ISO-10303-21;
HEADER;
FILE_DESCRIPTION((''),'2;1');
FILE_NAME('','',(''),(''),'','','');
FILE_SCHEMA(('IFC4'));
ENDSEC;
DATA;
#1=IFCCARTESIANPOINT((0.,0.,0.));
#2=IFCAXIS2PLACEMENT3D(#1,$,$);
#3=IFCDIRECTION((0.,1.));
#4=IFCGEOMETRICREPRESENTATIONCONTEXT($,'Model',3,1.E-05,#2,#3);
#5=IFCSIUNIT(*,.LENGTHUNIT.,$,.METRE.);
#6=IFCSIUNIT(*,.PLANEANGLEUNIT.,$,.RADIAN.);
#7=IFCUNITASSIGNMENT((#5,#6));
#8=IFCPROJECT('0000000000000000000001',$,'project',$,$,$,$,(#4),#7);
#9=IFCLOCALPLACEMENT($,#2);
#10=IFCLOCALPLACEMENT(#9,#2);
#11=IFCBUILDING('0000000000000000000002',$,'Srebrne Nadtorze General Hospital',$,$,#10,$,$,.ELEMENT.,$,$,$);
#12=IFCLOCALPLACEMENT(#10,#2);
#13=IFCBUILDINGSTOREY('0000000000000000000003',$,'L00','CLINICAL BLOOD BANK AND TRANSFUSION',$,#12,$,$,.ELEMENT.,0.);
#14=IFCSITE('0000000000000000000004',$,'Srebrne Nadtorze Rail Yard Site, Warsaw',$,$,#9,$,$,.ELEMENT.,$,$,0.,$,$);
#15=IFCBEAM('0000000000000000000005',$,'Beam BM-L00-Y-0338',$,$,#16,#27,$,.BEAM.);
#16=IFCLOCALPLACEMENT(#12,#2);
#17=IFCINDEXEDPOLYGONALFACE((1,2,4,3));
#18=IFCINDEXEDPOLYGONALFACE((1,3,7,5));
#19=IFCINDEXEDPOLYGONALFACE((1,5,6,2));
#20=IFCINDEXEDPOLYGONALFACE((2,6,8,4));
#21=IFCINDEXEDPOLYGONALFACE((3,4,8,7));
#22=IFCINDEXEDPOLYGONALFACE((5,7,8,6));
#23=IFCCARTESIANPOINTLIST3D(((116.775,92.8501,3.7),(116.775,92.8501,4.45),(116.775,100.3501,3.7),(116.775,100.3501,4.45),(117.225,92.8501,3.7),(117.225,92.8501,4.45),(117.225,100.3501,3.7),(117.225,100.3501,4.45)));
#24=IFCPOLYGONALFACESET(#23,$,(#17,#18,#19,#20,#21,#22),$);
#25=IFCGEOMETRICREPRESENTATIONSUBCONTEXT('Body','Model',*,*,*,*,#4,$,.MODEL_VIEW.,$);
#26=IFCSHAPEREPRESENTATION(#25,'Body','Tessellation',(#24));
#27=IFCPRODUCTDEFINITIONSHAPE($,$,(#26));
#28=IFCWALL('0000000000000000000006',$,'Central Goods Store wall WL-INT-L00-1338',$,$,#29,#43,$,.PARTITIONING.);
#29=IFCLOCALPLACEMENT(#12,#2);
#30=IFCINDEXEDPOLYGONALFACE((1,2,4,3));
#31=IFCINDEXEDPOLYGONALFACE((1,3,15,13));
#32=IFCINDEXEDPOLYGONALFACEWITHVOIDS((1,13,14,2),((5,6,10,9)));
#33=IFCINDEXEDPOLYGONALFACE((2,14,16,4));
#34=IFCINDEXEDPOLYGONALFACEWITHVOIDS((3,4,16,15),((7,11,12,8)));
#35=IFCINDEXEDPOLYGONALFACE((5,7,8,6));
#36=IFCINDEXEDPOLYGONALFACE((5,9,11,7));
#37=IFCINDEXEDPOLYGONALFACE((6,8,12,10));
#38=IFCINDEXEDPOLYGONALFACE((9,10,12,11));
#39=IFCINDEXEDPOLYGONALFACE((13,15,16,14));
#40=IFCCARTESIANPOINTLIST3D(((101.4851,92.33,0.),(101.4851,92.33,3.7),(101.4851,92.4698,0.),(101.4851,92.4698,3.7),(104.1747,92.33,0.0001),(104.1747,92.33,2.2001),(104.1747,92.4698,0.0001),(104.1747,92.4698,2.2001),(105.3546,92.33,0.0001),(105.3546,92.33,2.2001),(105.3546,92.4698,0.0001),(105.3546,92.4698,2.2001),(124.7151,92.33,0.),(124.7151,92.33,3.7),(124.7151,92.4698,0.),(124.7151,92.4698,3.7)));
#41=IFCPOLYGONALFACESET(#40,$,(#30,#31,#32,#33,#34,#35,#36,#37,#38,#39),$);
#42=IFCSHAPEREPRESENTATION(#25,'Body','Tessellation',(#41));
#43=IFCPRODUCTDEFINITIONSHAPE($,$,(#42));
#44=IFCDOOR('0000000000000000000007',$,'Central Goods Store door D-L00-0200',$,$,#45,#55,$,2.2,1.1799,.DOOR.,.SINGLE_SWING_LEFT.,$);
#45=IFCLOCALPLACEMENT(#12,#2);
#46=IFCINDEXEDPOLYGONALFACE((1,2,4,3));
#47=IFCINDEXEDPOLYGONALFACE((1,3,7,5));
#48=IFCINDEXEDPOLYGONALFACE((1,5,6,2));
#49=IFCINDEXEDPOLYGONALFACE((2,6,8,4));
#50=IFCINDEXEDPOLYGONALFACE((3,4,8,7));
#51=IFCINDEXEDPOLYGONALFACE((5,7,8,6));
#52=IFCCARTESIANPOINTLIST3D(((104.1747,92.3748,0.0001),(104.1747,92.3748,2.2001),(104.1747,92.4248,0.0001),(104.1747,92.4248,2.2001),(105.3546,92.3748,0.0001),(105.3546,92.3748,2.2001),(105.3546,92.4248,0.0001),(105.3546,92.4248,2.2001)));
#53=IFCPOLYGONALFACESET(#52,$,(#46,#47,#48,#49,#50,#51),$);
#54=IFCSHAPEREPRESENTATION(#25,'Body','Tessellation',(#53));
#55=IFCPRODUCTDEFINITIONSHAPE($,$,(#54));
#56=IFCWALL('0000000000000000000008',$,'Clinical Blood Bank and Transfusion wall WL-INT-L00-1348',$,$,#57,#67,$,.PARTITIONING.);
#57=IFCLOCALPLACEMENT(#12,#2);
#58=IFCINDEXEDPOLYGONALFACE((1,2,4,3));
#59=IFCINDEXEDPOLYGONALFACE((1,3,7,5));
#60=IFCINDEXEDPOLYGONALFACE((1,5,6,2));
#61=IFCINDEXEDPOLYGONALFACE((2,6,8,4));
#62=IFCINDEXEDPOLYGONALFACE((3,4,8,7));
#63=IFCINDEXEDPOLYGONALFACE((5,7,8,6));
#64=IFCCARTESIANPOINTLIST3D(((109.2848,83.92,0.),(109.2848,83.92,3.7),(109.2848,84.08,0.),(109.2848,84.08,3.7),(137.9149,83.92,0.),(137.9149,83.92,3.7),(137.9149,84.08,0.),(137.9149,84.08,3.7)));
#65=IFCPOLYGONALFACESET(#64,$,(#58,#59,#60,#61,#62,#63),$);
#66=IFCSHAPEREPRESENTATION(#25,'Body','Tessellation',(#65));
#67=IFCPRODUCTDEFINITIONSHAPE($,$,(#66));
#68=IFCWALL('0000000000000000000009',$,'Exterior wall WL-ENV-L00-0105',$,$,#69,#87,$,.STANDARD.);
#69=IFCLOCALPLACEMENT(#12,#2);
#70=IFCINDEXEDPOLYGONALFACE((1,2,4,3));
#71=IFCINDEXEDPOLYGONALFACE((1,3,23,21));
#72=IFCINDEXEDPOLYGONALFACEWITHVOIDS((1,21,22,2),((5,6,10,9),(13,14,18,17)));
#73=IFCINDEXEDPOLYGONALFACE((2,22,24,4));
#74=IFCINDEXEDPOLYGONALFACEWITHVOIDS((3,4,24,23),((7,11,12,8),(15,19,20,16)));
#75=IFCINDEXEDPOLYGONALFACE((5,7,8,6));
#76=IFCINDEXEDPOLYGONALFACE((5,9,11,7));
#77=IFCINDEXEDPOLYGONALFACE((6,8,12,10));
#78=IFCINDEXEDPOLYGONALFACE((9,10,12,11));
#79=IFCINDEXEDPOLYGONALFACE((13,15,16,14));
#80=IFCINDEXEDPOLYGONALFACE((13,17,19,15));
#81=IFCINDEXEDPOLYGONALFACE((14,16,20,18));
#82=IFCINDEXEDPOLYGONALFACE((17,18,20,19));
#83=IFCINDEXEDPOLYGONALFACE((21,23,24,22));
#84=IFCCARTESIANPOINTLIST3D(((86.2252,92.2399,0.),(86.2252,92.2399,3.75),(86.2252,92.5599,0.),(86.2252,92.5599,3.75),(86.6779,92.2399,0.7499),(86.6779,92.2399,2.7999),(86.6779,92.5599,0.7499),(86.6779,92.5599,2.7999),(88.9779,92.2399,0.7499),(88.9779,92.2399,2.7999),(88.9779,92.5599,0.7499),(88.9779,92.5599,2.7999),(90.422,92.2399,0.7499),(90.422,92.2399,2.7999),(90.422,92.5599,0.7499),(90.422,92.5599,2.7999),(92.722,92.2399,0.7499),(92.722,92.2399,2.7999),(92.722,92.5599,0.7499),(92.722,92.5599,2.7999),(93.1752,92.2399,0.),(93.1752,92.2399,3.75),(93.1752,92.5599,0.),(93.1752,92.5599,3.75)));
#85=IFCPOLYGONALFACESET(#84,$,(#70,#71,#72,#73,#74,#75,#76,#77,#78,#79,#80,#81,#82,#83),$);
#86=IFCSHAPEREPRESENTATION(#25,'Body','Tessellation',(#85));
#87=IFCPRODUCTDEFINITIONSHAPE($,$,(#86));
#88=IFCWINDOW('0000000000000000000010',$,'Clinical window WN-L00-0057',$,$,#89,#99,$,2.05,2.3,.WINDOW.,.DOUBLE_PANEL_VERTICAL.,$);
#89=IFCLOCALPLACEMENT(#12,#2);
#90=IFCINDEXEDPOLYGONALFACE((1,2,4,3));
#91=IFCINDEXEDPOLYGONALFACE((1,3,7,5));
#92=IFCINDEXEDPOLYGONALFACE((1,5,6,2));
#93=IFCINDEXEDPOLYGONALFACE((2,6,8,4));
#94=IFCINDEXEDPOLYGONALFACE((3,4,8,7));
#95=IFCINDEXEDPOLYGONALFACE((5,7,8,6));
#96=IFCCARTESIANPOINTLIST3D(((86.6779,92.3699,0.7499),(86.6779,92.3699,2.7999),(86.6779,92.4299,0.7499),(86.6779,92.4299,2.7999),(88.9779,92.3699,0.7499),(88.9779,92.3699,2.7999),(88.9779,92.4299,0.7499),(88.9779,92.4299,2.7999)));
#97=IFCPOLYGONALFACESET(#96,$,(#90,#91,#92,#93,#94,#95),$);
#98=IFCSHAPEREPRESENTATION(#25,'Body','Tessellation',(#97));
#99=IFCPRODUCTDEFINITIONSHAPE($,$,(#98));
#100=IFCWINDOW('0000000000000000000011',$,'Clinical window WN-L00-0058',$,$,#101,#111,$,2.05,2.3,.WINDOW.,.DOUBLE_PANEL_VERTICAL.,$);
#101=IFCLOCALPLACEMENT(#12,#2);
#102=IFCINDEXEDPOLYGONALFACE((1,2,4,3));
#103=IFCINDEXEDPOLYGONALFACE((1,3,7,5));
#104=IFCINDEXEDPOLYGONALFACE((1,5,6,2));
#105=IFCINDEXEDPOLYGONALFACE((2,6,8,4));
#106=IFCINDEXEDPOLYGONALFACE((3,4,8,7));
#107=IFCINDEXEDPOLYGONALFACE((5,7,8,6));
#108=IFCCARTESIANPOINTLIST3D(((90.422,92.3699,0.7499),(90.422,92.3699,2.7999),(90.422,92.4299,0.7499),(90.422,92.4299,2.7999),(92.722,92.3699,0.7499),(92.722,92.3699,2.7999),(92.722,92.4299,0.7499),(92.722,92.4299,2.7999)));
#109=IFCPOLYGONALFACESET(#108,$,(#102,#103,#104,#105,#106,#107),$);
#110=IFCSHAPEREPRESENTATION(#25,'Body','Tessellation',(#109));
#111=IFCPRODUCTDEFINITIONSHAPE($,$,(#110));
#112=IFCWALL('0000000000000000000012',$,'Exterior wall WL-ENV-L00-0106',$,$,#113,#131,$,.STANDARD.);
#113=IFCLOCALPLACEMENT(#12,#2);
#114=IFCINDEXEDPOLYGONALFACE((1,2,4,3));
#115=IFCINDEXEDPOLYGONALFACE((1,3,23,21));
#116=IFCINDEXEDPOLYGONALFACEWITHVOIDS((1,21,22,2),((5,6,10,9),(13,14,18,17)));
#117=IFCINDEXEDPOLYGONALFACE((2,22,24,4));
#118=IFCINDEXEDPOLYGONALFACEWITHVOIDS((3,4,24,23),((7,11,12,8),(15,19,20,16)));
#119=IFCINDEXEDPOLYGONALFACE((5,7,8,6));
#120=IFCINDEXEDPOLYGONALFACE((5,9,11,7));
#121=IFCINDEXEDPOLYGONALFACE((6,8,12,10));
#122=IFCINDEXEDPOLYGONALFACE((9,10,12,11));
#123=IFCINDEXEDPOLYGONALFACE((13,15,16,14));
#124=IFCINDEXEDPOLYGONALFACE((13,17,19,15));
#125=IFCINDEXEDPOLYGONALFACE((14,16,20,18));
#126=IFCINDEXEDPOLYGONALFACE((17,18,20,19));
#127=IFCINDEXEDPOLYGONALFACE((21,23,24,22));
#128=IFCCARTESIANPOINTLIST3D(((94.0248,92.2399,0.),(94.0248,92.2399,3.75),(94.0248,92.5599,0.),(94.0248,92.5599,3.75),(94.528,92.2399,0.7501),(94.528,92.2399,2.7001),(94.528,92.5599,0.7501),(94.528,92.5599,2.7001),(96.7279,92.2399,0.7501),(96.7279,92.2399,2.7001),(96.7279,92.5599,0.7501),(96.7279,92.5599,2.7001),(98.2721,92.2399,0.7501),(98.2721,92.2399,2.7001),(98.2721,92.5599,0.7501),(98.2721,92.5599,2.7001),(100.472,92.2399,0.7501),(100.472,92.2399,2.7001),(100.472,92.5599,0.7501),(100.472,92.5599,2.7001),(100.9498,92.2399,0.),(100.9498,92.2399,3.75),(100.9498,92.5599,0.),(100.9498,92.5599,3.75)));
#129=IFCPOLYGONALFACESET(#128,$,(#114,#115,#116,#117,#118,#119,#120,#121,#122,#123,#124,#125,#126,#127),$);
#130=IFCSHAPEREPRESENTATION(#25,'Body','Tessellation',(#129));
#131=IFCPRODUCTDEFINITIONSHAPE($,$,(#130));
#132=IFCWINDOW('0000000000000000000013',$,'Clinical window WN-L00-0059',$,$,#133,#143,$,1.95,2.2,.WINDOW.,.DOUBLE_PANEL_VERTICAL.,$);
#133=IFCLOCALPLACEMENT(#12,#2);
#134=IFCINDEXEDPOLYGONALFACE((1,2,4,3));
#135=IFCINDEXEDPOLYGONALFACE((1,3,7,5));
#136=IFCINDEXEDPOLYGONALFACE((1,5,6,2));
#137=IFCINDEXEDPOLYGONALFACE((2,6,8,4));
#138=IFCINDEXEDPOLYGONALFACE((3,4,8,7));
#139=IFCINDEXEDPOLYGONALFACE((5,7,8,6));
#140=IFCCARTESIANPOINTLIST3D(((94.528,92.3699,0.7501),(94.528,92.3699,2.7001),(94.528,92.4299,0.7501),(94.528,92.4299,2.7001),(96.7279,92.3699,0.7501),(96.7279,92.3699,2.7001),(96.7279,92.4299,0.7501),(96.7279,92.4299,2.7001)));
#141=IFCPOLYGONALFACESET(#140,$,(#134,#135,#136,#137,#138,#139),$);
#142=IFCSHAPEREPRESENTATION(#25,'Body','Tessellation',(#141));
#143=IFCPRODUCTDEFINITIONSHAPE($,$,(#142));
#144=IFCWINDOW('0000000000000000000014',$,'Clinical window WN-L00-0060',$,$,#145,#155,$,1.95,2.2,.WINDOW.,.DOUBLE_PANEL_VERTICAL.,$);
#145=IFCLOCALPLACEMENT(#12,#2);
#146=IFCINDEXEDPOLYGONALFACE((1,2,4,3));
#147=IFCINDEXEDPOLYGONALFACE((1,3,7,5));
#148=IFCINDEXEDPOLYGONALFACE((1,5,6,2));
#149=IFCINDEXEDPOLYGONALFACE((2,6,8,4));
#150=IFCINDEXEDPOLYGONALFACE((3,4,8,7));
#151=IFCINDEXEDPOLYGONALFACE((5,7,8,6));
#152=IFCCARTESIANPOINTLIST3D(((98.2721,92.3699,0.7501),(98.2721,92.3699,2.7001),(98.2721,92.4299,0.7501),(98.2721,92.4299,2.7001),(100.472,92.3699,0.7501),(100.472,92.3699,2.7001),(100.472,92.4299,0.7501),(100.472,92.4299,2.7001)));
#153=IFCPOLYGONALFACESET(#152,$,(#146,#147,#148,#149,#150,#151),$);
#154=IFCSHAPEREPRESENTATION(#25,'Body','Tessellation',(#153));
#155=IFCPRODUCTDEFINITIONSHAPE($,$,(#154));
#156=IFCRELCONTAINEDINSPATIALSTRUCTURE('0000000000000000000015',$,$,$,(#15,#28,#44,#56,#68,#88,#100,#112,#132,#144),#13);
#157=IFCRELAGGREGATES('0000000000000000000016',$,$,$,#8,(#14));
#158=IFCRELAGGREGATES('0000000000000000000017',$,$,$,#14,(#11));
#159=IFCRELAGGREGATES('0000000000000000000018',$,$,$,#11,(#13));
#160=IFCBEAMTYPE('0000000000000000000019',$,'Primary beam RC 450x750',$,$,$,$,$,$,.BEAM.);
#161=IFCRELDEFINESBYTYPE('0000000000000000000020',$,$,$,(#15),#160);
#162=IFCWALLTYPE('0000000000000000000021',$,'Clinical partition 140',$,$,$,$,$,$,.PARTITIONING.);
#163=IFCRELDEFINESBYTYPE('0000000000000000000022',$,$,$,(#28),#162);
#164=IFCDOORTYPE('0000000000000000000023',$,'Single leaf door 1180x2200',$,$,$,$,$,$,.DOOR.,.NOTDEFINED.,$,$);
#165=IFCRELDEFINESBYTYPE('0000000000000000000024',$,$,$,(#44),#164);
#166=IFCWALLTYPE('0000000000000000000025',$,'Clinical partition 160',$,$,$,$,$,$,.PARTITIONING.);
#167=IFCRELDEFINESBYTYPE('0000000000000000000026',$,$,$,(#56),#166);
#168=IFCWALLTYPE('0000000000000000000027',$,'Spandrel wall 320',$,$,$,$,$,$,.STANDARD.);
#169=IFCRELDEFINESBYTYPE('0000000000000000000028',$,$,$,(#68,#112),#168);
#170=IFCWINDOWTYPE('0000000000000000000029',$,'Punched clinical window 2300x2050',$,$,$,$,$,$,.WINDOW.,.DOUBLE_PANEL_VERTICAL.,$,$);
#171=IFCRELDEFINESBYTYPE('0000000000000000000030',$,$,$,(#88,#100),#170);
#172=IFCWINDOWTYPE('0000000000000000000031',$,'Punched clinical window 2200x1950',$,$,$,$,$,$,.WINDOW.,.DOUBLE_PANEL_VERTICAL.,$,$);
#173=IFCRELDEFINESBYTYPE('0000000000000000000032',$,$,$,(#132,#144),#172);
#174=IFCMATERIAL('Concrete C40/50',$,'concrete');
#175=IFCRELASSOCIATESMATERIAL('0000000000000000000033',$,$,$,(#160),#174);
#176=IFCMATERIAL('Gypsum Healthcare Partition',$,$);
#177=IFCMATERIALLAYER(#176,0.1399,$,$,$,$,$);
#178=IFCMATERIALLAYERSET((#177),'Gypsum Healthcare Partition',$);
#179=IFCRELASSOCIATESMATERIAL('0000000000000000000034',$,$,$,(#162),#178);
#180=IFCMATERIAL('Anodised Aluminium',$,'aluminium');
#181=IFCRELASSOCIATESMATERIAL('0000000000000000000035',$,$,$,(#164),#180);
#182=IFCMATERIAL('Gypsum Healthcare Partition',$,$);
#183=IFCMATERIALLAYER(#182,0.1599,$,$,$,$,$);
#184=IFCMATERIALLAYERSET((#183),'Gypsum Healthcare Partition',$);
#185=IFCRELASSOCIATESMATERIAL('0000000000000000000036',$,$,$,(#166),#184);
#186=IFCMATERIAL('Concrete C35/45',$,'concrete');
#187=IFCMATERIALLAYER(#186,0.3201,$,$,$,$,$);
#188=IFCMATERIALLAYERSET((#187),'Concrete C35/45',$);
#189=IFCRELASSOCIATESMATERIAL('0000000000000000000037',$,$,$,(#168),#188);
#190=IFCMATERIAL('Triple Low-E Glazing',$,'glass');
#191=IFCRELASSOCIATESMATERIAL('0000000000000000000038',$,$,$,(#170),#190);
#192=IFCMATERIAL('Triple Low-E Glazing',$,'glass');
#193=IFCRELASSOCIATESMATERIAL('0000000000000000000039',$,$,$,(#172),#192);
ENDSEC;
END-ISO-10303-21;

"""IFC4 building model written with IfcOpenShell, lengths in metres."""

from ifc_helpers import new_model, si_unit, direction, frame, frame_2d, origin, origin_2d, place, context, subcontext, project, spatial, rectangle, extrude, material, layer, layer_set, material_profile, profile_set, type_object, element, fill, save


model = new_model("IFC4")

# Units and contexts
model_context = context("Model", 3, precision=1e-05, world=origin(), true_north=direction((0.0, 1.0)))
body_context = subcontext(model_context, "Body", "Model", "MODEL_VIEW")
ifc_project = project(units=[si_unit("LENGTHUNIT", "METRE"), si_unit("PLANEANGLEUNIT", "RADIAN")], contexts=[model_context])

# Site, building, storey
site_placement = place(None, origin())
site = spatial("IfcSite", under=ifc_project, at=site_placement, Name="Srebrne Nadtorze Rail Yard Site, Warsaw", CompositionType="ELEMENT", RefElevation=0.0)
building_placement = place(site_placement, origin())
building = spatial("IfcBuilding", under=site, at=building_placement, Name="Srebrne Nadtorze General Hospital", CompositionType="ELEMENT")
storey_placement = place(building_placement, origin())
storey = spatial("IfcBuildingStorey", under=building, at=storey_placement, Name="L00", Description="CLINICAL BLOOD BANK AND TRANSFUSION", CompositionType="ELEMENT", Elevation=0.0)

# Beam
ifc_material_1 = material(Name="Concrete C40/50", Category="concrete")
ifc_material_profile_1 = material_profile(ifc_material_1, rectangle(XDim=0.45, YDim=0.75, at=origin_2d()), Name="RC-BM-450x750")
ifc_profile_set_1 = profile_set([ifc_material_profile_1], Name="Concrete C40/50")
beam_type_1 = type_object("IfcBeamType", Name="Primary beam RC 450x750", PredefinedType="BEAM", material=ifc_profile_set_1)
for number, where, z_axis, x_axis, name in (
    (1, (117.0, 92.8501, 4.075), (0.0, 1.0, 0.0), (-1.0, 0.0, 0.0), "Beam BM-L00-Y-0338"),
):
    element("IfcBeam", number, at=place(storey_placement, frame(where, z_axis=z_axis, x_axis=x_axis)), inside=storey, type_object=beam_type_1, Name=name, PredefinedType="BEAM", context=body_context, shape_type="SweptSolid", body=[
        extrude(rectangle(XDim=0.45, YDim=0.75, at=origin_2d()), origin(), (0.0, 0.0, 1.0), 7.5),
    ])

# Wall, opening, door
ifc_material_2 = material(Name="Gypsum Healthcare Partition")
ifc_layer_1 = layer(ifc_material_2, 0.1399)
ifc_layer_set_1 = layer_set([ifc_layer_1], Name="Gypsum Healthcare Partition")
wall_type_1 = type_object("IfcWallType", Name="Clinical partition 140", PredefinedType="PARTITIONING", material=ifc_layer_set_1)
wall_1_placement = place(storey_placement, frame((101.4851, 92.3999, 0.0), z_axis=(0.0, 0.0, 1.0), x_axis=(1.0, 0.0, 0.0)))
wall_1 = element("IfcWall", 2, at=wall_1_placement, inside=storey, type_object=wall_type_1, Name="Central Goods Store wall WL-INT-L00-1338", PredefinedType="PARTITIONING", context=body_context, shape_type="SweptSolid", body=[
    extrude(rectangle(XDim=23.23, YDim=0.1399, at=frame_2d((11.615, 0.0))), origin(), (0.0, 0.0, 1.0), 3.7),
])
opening_1_placement = place(wall_1_placement, frame((2.6897, 0.0, 0.0)))
opening_1 = element("IfcOpeningElement", 3, at=opening_1_placement, cuts=wall_1, PredefinedType="OPENING", context=body_context, shape_type="SweptSolid", body=[
    extrude(rectangle(XDim=1.1799, YDim=2.2, at=frame_2d((0.5898, 1.1001))), frame((0.0, 0.082, 0.0), z_axis=(0.0, -1.0, 0.0), x_axis=(1.0, 0.0, 0.0)), (0.0, 0.0, 1.0), 0.1638),
])
ifc_material_3 = material(Name="Anodised Aluminium", Category="aluminium")
door_type = type_object("IfcDoorType", Name="Single leaf door 1180x2200", OperationType="NOTDEFINED", PredefinedType="DOOR", material=ifc_material_3)
door_placement = place(opening_1_placement, origin())
door = element("IfcDoor", 4, at=door_placement, inside=storey, type_object=door_type, Name="Central Goods Store door D-L00-0200", OperationType="SINGLE_SWING_LEFT", OverallHeight=2.2, OverallWidth=1.1799, PredefinedType="DOOR", context=body_context, shape_type="SweptSolid", body=[
    extrude(rectangle(XDim=1.1799, YDim=2.2, at=frame_2d((0.5898, 1.1001))), frame((0.0, 0.0249, 0.0), z_axis=(0.0, -1.0, 0.0), x_axis=(1.0, 0.0, 0.0)), (0.0, 0.0, 1.0), 0.05),
])
fill(opening_1, door)

# Wall
ifc_material_4 = material(Name="Gypsum Healthcare Partition")
ifc_layer_2 = layer(ifc_material_4, 0.1599)
ifc_layer_set_2 = layer_set([ifc_layer_2], Name="Gypsum Healthcare Partition")
wall_type_2 = type_object("IfcWallType", Name="Clinical partition 160", PredefinedType="PARTITIONING", material=ifc_layer_set_2)
wall_2_placement = place(storey_placement, frame((109.2849, 84.0, 0.0), z_axis=(0.0, 0.0, 1.0), x_axis=(1.0, 0.0, 0.0)))
element("IfcWall", 5, at=wall_2_placement, inside=storey, type_object=wall_type_2, Name="Clinical Blood Bank and Transfusion wall WL-INT-L00-1348", PredefinedType="PARTITIONING", context=body_context, shape_type="SweptSolid", body=[
    extrude(rectangle(XDim=28.6301, YDim=0.1599, at=frame_2d((14.3149, 0.0))), origin(), (0.0, 0.0, 1.0), 3.7),
])

# Walls, openings, windows
ifc_material_5 = material(Name="Concrete C35/45", Category="concrete")
ifc_layer_3 = layer(ifc_material_5, 0.3201)
ifc_layer_set_3 = layer_set([ifc_layer_3], Name="Concrete C35/45")
wall_type_3 = type_object("IfcWallType", Name="Spandrel wall 320", PredefinedType="STANDARD", material=ifc_layer_set_3)
wall_3_placement = place(storey_placement, frame((86.2251, 92.3999, 0.0), z_axis=(0.0, 0.0, 1.0), x_axis=(1.0, 0.0, 0.0)))
wall_3 = element("IfcWall", 6, at=wall_3_placement, inside=storey, type_object=wall_type_3, Name="Exterior wall WL-ENV-L00-0105", PredefinedType="STANDARD", context=body_context, shape_type="SweptSolid", body=[
    extrude(rectangle(XDim=6.95, YDim=0.3201, at=frame_2d((3.4751, 0.0))), origin(), (0.0, 0.0, 1.0), 3.75),
])
opening_2_placement = place(wall_3_placement, frame((0.4529, 0.0, 0.75)))
opening_2 = element("IfcOpeningElement", 7, at=opening_2_placement, cuts=wall_3, PredefinedType="OPENING", context=body_context, shape_type="SweptSolid", body=[
    extrude(rectangle(XDim=2.3, YDim=2.05, at=frame_2d((1.1499, 1.0249))), frame((0.0, 0.1719, 0.0), z_axis=(0.0, -1.0, 0.0), x_axis=(1.0, 0.0, 0.0)), (0.0, 0.0, 1.0), 0.344),
])
opening_3_placement = place(wall_3_placement, frame((4.197, 0.0, 0.75)))
opening_3 = element("IfcOpeningElement", 8, at=opening_3_placement, cuts=wall_3, PredefinedType="OPENING", context=body_context, shape_type="SweptSolid", body=[
    extrude(rectangle(XDim=2.3, YDim=2.05, at=frame_2d((1.1499, 1.0249))), frame((0.0, 0.1719, 0.0), z_axis=(0.0, -1.0, 0.0), x_axis=(1.0, 0.0, 0.0)), (0.0, 0.0, 1.0), 0.344),
])
ifc_material_6 = material(Name="Triple Low-E Glazing", Category="glass")
window_type_1 = type_object("IfcWindowType", Name="Punched clinical window 2300x2050", PartitioningType="DOUBLE_PANEL_VERTICAL", PredefinedType="WINDOW", material=ifc_material_6)
window_1_placement = place(opening_2_placement, origin())
window_1 = element("IfcWindow", 9, at=window_1_placement, inside=storey, type_object=window_type_1, Name="Clinical window WN-L00-0057", OverallHeight=2.05, OverallWidth=2.3, PartitioningType="DOUBLE_PANEL_VERTICAL", PredefinedType="WINDOW", context=body_context, shape_type="SweptSolid", body=[
    extrude(rectangle(XDim=2.3, YDim=2.05, at=frame_2d((1.1499, 1.0249))), frame((0.0, 0.03, 0.0), z_axis=(0.0, -1.0, 0.0), x_axis=(1.0, 0.0, 0.0)), (0.0, 0.0, 1.0), 0.0601),
])
fill(opening_2, window_1)
window_2_placement = place(opening_3_placement, origin())
window_2 = element("IfcWindow", 10, at=window_2_placement, inside=storey, type_object=window_type_1, Name="Clinical window WN-L00-0058", OverallHeight=2.05, OverallWidth=2.3, PartitioningType="DOUBLE_PANEL_VERTICAL", PredefinedType="WINDOW", context=body_context, shape_type="SweptSolid", body=[
    extrude(rectangle(XDim=2.3, YDim=2.05, at=frame_2d((1.1499, 1.0249))), frame((0.0, 0.03, 0.0), z_axis=(0.0, -1.0, 0.0), x_axis=(1.0, 0.0, 0.0)), (0.0, 0.0, 1.0), 0.0601),
])
fill(opening_3, window_2)
wall_4_placement = place(storey_placement, frame((94.0249, 92.3999, 0.0), z_axis=(0.0, 0.0, 1.0), x_axis=(1.0, 0.0, 0.0)))
wall_4 = element("IfcWall", 11, at=wall_4_placement, inside=storey, type_object=wall_type_3, Name="Exterior wall WL-ENV-L00-0106", PredefinedType="STANDARD", context=body_context, shape_type="SweptSolid", body=[
    extrude(rectangle(XDim=6.925, YDim=0.3201, at=frame_2d((3.4624, 0.0))), origin(), (0.0, 0.0, 1.0), 3.75),
])
opening_4_placement = place(wall_4_placement, frame((0.5029, 0.0, 0.75)))
opening_4 = element("IfcOpeningElement", 12, at=opening_4_placement, cuts=wall_4, PredefinedType="OPENING", context=body_context, shape_type="SweptSolid", body=[
    extrude(rectangle(XDim=2.2, YDim=1.95, at=frame_2d((1.1001, 0.9751))), frame((0.0, 0.1719, 0.0), z_axis=(0.0, -1.0, 0.0), x_axis=(1.0, 0.0, 0.0)), (0.0, 0.0, 1.0), 0.344),
])
opening_5_placement = place(wall_4_placement, frame((4.2471, 0.0, 0.75)))
opening_5 = element("IfcOpeningElement", 13, at=opening_5_placement, cuts=wall_4, PredefinedType="OPENING", context=body_context, shape_type="SweptSolid", body=[
    extrude(rectangle(XDim=2.2, YDim=1.95, at=frame_2d((1.1001, 0.9751))), frame((0.0, 0.1719, 0.0), z_axis=(0.0, -1.0, 0.0), x_axis=(1.0, 0.0, 0.0)), (0.0, 0.0, 1.0), 0.344),
])
ifc_material_7 = material(Name="Triple Low-E Glazing", Category="glass")
window_type_2 = type_object("IfcWindowType", Name="Punched clinical window 2200x1950", PartitioningType="DOUBLE_PANEL_VERTICAL", PredefinedType="WINDOW", material=ifc_material_7)
window_3_placement = place(opening_4_placement, origin())
window_3 = element("IfcWindow", 14, at=window_3_placement, inside=storey, type_object=window_type_2, Name="Clinical window WN-L00-0059", OverallHeight=1.95, OverallWidth=2.2, PartitioningType="DOUBLE_PANEL_VERTICAL", PredefinedType="WINDOW", context=body_context, shape_type="SweptSolid", body=[
    extrude(rectangle(XDim=2.2, YDim=1.95, at=frame_2d((1.1001, 0.9751))), frame((0.0, 0.03, 0.0), z_axis=(0.0, -1.0, 0.0), x_axis=(1.0, 0.0, 0.0)), (0.0, 0.0, 1.0), 0.0601),
])
fill(opening_4, window_3)
window_4_placement = place(opening_5_placement, origin())
window_4 = element("IfcWindow", 15, at=window_4_placement, inside=storey, type_object=window_type_2, Name="Clinical window WN-L00-0060", OverallHeight=1.95, OverallWidth=2.2, PartitioningType="DOUBLE_PANEL_VERTICAL", PredefinedType="WINDOW", context=body_context, shape_type="SweptSolid", body=[
    extrude(rectangle(XDim=2.2, YDim=1.95, at=frame_2d((1.1001, 0.9751))), frame((0.0, 0.03, 0.0), z_axis=(0.0, -1.0, 0.0), x_axis=(1.0, 0.0, 0.0)), (0.0, 0.0, 1.0), 0.0601),
])
fill(opening_5, window_4)

save(model, "model.ifc")
